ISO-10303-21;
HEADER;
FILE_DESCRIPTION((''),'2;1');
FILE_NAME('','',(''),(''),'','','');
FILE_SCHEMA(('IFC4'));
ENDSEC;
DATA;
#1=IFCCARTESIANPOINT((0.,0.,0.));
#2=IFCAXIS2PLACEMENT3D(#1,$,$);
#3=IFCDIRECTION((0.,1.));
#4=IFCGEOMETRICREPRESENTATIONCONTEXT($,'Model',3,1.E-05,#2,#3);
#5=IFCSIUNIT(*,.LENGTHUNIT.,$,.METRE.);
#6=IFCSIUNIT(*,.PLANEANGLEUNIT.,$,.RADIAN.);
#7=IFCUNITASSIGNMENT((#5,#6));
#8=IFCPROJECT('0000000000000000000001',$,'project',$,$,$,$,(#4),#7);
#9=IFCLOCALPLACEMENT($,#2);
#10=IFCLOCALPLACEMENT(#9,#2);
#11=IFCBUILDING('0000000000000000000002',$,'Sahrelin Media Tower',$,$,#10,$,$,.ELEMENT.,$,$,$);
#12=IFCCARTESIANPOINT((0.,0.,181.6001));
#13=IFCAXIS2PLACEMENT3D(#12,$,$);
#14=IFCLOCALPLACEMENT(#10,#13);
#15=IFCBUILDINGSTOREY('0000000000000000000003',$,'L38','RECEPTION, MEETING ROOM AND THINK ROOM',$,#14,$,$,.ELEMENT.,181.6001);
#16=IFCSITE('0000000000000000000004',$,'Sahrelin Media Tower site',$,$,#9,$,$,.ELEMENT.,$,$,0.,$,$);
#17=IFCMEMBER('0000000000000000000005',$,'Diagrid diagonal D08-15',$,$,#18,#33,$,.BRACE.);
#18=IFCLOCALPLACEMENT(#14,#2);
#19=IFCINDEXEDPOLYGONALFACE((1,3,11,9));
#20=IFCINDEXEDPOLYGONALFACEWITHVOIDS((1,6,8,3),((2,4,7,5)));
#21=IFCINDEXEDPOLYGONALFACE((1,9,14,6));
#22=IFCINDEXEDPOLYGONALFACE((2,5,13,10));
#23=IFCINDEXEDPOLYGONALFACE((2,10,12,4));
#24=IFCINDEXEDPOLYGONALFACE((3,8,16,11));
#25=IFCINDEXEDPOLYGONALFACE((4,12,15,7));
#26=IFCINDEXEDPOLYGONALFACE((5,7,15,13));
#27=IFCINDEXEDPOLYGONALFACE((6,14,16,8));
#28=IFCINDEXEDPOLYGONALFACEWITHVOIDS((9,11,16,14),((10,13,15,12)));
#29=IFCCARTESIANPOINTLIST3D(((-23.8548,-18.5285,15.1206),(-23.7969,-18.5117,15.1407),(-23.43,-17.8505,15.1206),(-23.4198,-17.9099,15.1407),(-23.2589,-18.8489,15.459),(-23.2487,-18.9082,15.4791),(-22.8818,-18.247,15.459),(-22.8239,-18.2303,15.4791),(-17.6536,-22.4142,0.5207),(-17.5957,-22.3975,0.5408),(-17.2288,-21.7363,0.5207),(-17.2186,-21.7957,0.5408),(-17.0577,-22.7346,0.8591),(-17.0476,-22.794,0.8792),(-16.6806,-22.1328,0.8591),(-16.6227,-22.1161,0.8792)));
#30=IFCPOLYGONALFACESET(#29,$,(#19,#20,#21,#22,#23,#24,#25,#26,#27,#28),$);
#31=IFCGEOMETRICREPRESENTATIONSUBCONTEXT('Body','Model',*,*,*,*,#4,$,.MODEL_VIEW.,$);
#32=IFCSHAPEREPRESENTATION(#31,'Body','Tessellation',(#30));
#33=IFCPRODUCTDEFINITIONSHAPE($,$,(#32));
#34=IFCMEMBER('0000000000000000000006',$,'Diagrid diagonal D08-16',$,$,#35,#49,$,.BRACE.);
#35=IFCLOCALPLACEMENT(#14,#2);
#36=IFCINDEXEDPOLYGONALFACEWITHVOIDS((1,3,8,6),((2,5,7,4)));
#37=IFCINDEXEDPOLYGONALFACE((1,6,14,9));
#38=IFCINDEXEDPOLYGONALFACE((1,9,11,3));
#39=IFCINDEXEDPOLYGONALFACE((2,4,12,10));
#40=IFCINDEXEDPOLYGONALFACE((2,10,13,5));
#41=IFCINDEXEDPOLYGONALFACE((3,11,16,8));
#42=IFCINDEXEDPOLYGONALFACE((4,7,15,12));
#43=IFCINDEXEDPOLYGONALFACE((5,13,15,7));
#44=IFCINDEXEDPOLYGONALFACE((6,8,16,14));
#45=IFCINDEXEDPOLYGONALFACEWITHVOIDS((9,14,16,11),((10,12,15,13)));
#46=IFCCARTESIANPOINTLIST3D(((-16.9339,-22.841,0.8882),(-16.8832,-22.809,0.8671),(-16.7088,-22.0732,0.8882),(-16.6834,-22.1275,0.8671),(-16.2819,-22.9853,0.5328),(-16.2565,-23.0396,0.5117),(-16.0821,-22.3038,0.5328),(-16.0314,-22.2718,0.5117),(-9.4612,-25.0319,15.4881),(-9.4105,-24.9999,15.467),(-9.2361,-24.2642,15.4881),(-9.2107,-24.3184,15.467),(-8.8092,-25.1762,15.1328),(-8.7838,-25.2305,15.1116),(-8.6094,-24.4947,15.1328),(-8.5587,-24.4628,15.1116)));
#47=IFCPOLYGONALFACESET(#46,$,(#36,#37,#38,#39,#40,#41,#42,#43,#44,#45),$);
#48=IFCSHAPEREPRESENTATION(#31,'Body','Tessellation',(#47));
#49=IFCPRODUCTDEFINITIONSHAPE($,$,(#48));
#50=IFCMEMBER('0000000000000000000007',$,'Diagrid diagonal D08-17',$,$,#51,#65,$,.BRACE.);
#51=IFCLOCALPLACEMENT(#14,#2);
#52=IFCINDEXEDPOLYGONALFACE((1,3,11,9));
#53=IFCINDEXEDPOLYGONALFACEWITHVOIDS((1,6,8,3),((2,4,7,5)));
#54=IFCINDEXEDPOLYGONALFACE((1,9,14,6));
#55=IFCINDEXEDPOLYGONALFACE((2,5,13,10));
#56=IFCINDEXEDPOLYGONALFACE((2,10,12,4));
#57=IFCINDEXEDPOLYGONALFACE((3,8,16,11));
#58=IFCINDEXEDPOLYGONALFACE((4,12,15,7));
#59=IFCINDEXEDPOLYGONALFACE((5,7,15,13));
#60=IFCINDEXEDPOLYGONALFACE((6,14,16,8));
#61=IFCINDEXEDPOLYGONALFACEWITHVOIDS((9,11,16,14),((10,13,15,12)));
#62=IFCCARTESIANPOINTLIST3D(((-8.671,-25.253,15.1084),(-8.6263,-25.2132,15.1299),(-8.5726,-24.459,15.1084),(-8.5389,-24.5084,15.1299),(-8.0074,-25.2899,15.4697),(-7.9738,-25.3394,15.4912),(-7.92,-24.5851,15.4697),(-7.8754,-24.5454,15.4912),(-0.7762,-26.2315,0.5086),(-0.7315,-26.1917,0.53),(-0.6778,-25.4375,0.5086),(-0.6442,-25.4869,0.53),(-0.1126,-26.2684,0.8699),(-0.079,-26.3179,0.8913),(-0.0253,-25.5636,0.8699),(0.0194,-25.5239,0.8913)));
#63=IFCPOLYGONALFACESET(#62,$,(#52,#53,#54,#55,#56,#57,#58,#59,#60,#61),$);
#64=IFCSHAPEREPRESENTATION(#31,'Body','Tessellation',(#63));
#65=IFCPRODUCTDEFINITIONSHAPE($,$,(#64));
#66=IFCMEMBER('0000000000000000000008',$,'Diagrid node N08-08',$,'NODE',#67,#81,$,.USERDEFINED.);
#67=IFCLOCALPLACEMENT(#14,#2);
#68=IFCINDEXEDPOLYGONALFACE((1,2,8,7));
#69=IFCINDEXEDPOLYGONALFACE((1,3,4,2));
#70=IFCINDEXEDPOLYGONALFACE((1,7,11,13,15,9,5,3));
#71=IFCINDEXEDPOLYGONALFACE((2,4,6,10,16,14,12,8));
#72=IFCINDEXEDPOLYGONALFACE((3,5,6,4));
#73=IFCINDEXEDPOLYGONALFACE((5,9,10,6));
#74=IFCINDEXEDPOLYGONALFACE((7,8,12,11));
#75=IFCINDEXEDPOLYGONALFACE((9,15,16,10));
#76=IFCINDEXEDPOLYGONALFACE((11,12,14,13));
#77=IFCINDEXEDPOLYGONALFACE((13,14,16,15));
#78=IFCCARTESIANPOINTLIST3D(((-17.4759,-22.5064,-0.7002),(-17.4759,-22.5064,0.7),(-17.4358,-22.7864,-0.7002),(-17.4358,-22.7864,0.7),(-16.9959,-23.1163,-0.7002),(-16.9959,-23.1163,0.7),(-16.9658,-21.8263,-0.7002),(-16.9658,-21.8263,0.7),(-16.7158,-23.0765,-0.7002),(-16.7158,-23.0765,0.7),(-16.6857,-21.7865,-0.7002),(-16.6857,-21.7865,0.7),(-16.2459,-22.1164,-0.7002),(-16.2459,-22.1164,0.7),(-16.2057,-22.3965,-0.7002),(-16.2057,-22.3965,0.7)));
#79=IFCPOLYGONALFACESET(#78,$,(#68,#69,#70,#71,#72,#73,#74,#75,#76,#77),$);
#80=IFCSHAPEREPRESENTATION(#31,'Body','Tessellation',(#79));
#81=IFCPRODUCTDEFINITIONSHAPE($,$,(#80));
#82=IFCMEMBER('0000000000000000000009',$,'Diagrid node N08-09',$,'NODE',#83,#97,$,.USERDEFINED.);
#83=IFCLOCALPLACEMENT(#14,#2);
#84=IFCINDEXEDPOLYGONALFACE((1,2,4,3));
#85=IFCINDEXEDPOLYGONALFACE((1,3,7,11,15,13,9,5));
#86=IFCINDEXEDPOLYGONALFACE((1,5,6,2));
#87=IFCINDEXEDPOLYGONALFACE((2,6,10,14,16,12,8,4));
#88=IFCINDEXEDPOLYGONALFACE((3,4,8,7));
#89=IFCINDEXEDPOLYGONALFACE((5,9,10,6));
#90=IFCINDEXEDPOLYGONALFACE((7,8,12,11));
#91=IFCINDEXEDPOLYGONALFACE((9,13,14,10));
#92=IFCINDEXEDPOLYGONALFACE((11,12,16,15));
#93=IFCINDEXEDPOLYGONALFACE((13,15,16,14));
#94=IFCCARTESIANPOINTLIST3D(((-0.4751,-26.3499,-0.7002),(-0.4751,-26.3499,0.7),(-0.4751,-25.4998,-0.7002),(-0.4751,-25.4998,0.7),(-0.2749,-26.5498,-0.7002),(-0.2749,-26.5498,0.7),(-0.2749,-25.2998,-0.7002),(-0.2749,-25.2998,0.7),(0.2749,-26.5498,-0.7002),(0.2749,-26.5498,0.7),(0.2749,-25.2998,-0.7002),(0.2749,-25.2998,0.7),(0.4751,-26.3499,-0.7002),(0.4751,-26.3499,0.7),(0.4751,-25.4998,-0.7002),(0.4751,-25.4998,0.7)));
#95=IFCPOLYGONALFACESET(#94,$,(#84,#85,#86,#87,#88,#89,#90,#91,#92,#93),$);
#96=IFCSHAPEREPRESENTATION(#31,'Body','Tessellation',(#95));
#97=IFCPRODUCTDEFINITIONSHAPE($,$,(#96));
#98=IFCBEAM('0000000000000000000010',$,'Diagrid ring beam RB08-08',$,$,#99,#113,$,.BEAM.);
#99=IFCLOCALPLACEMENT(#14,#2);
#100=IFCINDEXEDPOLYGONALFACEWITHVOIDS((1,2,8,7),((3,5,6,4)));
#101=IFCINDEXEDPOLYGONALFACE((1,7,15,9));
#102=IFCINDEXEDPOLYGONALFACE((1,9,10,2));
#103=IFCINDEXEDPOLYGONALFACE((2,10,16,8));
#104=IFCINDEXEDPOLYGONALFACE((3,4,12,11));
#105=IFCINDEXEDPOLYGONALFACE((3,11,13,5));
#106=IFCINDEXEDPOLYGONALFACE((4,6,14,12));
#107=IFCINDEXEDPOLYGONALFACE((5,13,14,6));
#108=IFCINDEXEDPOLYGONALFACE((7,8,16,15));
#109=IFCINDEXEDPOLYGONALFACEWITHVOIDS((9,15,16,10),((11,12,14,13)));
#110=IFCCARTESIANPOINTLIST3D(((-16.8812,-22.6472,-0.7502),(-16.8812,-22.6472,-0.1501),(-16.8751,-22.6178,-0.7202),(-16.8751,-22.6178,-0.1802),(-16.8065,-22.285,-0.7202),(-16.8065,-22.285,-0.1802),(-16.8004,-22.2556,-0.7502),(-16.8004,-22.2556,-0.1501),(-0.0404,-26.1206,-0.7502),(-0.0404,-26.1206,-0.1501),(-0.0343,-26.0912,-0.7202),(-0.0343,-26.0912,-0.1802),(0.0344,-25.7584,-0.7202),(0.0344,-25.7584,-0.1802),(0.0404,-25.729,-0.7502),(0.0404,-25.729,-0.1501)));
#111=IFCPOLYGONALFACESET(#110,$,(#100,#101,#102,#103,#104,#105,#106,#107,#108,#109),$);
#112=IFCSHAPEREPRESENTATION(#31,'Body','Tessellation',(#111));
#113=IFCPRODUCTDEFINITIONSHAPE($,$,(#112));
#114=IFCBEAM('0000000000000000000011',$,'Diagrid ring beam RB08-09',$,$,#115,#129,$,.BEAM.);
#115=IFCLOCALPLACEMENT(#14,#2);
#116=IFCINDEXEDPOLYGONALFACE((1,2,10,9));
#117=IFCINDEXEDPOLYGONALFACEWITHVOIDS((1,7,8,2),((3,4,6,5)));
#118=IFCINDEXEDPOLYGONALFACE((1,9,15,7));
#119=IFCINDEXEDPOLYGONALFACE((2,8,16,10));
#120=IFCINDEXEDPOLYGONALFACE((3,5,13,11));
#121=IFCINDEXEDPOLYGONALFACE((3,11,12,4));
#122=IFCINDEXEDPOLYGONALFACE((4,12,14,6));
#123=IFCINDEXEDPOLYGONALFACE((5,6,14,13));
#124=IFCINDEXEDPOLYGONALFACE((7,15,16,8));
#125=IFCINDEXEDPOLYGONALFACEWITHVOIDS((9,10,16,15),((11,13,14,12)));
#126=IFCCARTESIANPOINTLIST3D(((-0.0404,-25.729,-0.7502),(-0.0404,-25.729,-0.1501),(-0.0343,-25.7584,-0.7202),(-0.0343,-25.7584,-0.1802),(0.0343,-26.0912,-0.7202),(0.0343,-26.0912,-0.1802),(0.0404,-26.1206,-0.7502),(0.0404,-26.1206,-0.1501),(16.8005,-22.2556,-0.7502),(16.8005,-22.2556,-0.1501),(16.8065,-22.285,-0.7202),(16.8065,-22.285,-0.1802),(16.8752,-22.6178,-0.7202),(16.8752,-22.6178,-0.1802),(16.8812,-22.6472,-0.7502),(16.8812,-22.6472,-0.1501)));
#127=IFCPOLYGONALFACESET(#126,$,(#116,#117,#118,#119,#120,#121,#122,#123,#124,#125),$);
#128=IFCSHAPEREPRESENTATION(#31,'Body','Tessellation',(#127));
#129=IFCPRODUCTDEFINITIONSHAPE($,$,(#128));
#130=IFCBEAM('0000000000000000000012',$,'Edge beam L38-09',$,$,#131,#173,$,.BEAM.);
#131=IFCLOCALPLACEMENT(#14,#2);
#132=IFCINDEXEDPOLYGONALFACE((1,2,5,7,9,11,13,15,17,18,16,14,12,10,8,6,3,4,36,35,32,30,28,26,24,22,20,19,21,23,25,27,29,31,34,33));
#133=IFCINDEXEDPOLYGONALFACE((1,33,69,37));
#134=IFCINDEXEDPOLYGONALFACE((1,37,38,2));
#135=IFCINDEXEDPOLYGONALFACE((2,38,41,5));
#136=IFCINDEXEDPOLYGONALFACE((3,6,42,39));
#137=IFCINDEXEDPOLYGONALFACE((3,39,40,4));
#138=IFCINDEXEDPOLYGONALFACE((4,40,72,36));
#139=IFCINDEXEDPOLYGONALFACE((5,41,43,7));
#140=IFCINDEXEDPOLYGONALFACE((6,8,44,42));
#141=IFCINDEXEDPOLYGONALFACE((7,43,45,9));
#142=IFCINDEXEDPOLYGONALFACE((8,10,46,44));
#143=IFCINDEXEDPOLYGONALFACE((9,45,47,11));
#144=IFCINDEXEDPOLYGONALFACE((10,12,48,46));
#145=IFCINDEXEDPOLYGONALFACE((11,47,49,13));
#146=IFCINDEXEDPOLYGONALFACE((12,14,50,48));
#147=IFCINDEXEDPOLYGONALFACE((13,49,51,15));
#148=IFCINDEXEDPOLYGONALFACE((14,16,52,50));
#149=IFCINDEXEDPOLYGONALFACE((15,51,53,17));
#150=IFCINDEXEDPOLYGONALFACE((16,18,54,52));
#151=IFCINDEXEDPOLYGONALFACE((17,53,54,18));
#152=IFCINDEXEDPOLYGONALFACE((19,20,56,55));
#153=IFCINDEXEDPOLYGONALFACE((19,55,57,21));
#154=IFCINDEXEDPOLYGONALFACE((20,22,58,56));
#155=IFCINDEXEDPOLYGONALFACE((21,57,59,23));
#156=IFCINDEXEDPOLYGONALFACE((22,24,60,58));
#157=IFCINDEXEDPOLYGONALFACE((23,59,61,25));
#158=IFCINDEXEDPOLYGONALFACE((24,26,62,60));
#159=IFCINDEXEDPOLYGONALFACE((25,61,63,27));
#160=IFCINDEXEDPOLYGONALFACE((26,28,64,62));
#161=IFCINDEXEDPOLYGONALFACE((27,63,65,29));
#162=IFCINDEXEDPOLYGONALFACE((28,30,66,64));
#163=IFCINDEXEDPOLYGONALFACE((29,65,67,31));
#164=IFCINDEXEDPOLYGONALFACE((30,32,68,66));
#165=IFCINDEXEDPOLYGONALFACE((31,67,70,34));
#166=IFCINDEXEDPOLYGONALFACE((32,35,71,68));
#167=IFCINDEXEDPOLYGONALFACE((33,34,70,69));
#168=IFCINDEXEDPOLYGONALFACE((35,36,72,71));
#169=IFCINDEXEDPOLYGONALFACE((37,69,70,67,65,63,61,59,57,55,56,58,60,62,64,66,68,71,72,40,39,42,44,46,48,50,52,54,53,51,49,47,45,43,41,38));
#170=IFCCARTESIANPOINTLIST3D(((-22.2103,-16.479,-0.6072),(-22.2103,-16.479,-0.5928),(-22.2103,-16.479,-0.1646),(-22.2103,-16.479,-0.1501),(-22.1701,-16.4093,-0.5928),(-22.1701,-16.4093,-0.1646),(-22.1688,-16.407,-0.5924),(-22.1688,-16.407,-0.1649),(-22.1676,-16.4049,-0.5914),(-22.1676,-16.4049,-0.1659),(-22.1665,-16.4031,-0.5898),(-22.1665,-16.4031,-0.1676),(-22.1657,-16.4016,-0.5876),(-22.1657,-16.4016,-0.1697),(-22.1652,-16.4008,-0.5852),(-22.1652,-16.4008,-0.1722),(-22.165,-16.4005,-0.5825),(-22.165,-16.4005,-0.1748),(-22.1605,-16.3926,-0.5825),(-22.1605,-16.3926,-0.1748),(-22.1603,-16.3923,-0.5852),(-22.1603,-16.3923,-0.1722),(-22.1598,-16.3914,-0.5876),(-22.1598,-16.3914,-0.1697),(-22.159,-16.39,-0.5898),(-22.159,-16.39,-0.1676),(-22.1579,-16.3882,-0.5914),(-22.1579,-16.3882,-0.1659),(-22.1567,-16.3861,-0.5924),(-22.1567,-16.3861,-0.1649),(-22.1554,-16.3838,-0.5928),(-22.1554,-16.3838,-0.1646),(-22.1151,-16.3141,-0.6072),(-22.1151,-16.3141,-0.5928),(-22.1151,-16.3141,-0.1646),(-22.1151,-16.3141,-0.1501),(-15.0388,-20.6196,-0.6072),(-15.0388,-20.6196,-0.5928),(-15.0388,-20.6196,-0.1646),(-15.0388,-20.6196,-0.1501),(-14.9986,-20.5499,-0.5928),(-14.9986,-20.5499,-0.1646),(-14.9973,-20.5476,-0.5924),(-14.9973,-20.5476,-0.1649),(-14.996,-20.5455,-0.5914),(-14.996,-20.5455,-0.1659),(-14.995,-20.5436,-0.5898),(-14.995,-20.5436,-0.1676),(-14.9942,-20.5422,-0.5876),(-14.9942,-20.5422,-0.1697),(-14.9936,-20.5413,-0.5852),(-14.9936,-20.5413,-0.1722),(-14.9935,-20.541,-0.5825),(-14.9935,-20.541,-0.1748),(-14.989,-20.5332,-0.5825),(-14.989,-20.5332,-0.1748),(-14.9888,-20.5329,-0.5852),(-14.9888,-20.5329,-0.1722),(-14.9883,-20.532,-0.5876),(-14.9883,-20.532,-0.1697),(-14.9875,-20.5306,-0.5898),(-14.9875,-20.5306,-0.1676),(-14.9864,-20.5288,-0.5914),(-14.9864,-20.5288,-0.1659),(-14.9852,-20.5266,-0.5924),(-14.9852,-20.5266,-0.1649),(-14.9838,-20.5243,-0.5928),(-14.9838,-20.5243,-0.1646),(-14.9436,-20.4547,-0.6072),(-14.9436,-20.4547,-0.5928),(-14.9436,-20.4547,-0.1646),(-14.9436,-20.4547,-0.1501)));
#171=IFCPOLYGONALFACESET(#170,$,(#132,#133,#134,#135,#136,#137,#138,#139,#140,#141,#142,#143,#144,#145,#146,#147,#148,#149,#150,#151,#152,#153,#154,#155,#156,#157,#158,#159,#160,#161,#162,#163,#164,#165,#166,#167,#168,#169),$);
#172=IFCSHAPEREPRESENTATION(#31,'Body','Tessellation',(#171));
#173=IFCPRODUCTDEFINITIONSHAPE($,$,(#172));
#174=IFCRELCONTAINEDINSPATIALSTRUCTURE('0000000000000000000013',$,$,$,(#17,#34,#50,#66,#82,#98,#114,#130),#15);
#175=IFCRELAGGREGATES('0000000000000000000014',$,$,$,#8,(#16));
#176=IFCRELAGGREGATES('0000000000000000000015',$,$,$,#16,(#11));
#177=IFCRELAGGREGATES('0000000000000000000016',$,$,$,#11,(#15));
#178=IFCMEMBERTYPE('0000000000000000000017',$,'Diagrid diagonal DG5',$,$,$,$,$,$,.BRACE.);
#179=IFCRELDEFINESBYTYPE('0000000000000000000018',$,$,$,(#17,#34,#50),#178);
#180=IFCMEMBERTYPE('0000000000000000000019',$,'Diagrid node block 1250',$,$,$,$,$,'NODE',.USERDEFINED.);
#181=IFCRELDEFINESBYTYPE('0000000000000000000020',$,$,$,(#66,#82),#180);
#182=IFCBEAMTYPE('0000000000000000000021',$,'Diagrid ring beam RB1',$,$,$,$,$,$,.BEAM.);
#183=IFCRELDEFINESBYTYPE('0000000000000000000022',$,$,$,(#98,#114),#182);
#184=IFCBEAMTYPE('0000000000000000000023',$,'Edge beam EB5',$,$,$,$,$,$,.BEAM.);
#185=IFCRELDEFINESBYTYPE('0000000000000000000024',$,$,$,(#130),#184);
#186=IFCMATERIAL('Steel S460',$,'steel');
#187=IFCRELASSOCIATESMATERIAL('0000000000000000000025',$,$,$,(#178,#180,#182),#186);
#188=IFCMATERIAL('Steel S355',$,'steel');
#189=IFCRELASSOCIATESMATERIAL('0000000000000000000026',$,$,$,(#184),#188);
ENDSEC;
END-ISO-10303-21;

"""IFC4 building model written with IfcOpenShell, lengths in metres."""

from ifc_helpers import new_model, si_unit, direction, frame, origin, origin_2d, place, context, subcontext, project, spatial, polyline, hollow_rectangle, i_section, outline, extrude, material, material_profile, profile_set, type_object, element, save


model = new_model("IFC4")

# Units and contexts
model_context = context("Model", 3, precision=1e-05, world=origin(), true_north=direction((0.0, 1.0)))
body_context = subcontext(model_context, "Body", "Model", "MODEL_VIEW")
ifc_project = project(units=[si_unit("LENGTHUNIT", "METRE"), si_unit("PLANEANGLEUNIT", "RADIAN")], contexts=[model_context])

# Site, building, storey
site_placement = place(None, origin())
site = spatial("IfcSite", under=ifc_project, at=site_placement, Name="Sahrelin Media Tower site", CompositionType="ELEMENT", RefElevation=0.0)
building_placement = place(site_placement, origin())
building = spatial("IfcBuilding", under=site, at=building_placement, Name="Sahrelin Media Tower", CompositionType="ELEMENT")
storey_placement = place(building_placement, frame((0.0, 0.0, 181.6001)))
storey = spatial("IfcBuildingStorey", under=building, at=storey_placement, Name="L38", Description="RECEPTION, MEETING ROOM AND THINK ROOM", CompositionType="ELEMENT", Elevation=181.6001)

# Members
ifc_material_1 = material(Name="Steel S460", Category="steel")
ifc_material_profile_1 = material_profile(ifc_material_1, hollow_rectangle(XDim=0.8, YDim=0.8, WallThickness=0.0449, at=origin_2d()), Name="Diagrid diagonal DG5")
ifc_profile_set_1 = profile_set([ifc_material_profile_1], Name="Steel S460")
member_type_1 = type_object("IfcMemberType", Name="Diagrid diagonal DG5", PredefinedType="BRACE", material=ifc_profile_set_1)
member_1_placement = place(storey_placement, frame((-17.1382, -22.2651, 0.7), z_axis=(-0.379712, 0.237933, 0.893983), x_axis=(-0.530982, -0.847383, 0.0)))
element("IfcMember", 1, at=member_1_placement, inside=storey, type_object=member_type_1, Name="Diagrid diagonal D08-15", PredefinedType="BRACE", context=body_context, shape_type="SweptSolid", body=[
    extrude(hollow_rectangle(XDim=0.8, YDim=0.8, WallThickness=0.0449, at=origin_2d()), origin(), (0.0, 0.0, 1.0), 16.3313),
])
member_2_placement = place(storey_placement, frame((-16.4827, -22.5564, 0.7), z_axis=(0.451607, -0.132407, 0.882337), x_axis=(0.281348, 0.959606, 0.0)))
element("IfcMember", 2, at=member_2_placement, inside=storey, type_object=member_type_1, Name="Diagrid diagonal D08-16", PredefinedType="BRACE", context=body_context, shape_type="SweptSolid", body=[
    extrude(hollow_rectangle(XDim=0.8, YDim=0.8, WallThickness=0.0449, at=origin_2d()), origin(), (0.0, 0.0, 1.0), 16.5469),
])
member_3_placement = place(storey_placement, frame((-0.3784, -25.8777, 0.7), z_axis=(-0.474831, 0.058853, 0.878107), x_axis=(-0.123004, -0.992406, 0.0)))
element("IfcMember", 3, at=member_3_placement, inside=storey, type_object=member_type_1, Name="Diagrid diagonal D08-17", PredefinedType="BRACE", context=body_context, shape_type="SweptSolid", body=[
    extrude(hollow_rectangle(XDim=0.8, YDim=0.8, WallThickness=0.0449, at=origin_2d()), origin(), (0.0, 0.0, 1.0), 16.6265),
])
ifc_material_profile_2 = material_profile(ifc_material_1, outline(polyline([(0.425, -0.4751), (0.625, -0.2749), (0.625, 0.2749), (0.425, 0.4751), (-0.425, 0.4751), (-0.625, 0.2749), (-0.625, -0.2749), (-0.425, -0.4751), (0.425, -0.4751)])), Name="Diagrid node block 1250")
ifc_profile_set_2 = profile_set([ifc_material_profile_2], Name="Steel S460")
member_type_2 = type_object("IfcMemberType", Name="Diagrid node block 1250", ElementType="NODE", PredefinedType="USERDEFINED", material=ifc_profile_set_2)
for number, where, z_axis, x_axis, name in (
    (4, (-16.8408, -22.4514, -0.7002), (0.0, 0.0, 1.0), (-0.600052, -0.799961, 0.0), "Diagrid node N08-08"),
    (5, (0.0, -25.9248, -0.7002), (0.0, 0.0, 1.0), (0.0, -1.0, 0.0), "Diagrid node N08-09"),
):
    element("IfcMember", number, at=place(storey_placement, frame(where, z_axis=z_axis, x_axis=x_axis)), inside=storey, type_object=member_type_2, Name=name, ObjectType="NODE", PredefinedType="USERDEFINED", context=body_context, shape_type="SweptSolid", body=[
        extrude(outline(polyline([(0.425, -0.4751), (0.625, -0.2749), (0.625, 0.2749), (0.425, 0.4751), (-0.425, 0.4751), (-0.625, 0.2749), (-0.625, -0.2749), (-0.425, -0.4751), (0.425, -0.4751)])), origin(), (0.0, 0.0, 1.0), 1.4001),
    ])

# Beams
ifc_material_profile_3 = material_profile(ifc_material_1, hollow_rectangle(XDim=0.3999, YDim=0.6001, WallThickness=0.03, at=origin_2d()), Name="Diagrid ring beam RB1")
ifc_profile_set_3 = profile_set([ifc_material_profile_3], Name="Steel S460")
beam_type_1 = type_object("IfcBeamType", Name="Diagrid ring beam RB1", PredefinedType="BEAM", material=ifc_profile_set_3)
for number, where, z_axis, x_axis, name in (
    (6, (-16.8408, -22.4514, -0.4502), (0.979386, -0.201997, 0.0), (0.201997, 0.979386, 0.0), "Diagrid ring beam RB08-08"),
    (7, (0.0, -25.9248, -0.4502), (0.979386, 0.201997, 0.0), (-0.201997, 0.979386, 0.0), "Diagrid ring beam RB08-09"),
):
    element("IfcBeam", number, at=place(storey_placement, frame(where, z_axis=z_axis, x_axis=x_axis)), inside=storey, type_object=beam_type_1, Name=name, PredefinedType="BEAM", context=body_context, shape_type="SweptSolid", body=[
        extrude(hollow_rectangle(XDim=0.3999, YDim=0.6001, WallThickness=0.03, at=origin_2d()), origin(), (0.0, 0.0, 1.0), 17.1953),
    ])
ifc_material_2 = material(Name="Steel S355", Category="steel")
ifc_material_profile_4 = material_profile(ifc_material_2, i_section(OverallWidth=0.1904, OverallDepth=0.457, WebThickness=0.009, FlangeThickness=0.0144, FilletRadius=0.0103, at=origin_2d()), Name="UB 457x191x74")
ifc_profile_set_4 = profile_set([ifc_material_profile_4], Name="Steel S355")
beam_type_2 = type_object("IfcBeamType", Name="Edge beam EB5", PredefinedType="BEAM", material=ifc_profile_set_4)
beam_1_placement = place(storey_placement, frame((-14.9912, -20.5371, -0.3787), z_axis=(-0.866021, 0.500007, 0.0), x_axis=(-0.500007, -0.866021, 0.0)))
element("IfcBeam", 8, at=beam_1_placement, inside=storey, type_object=beam_type_2, Name="Edge beam L38-09", PredefinedType="BEAM", context=body_context, shape_type="SweptSolid", body=[
    extrude(i_section(OverallWidth=0.1904, OverallDepth=0.457, WebThickness=0.009, FlangeThickness=0.0144, FilletRadius=0.0103, at=origin_2d()), origin(), (0.0, 0.0, 1.0), 8.281),
])

save(model, "model.ifc")
